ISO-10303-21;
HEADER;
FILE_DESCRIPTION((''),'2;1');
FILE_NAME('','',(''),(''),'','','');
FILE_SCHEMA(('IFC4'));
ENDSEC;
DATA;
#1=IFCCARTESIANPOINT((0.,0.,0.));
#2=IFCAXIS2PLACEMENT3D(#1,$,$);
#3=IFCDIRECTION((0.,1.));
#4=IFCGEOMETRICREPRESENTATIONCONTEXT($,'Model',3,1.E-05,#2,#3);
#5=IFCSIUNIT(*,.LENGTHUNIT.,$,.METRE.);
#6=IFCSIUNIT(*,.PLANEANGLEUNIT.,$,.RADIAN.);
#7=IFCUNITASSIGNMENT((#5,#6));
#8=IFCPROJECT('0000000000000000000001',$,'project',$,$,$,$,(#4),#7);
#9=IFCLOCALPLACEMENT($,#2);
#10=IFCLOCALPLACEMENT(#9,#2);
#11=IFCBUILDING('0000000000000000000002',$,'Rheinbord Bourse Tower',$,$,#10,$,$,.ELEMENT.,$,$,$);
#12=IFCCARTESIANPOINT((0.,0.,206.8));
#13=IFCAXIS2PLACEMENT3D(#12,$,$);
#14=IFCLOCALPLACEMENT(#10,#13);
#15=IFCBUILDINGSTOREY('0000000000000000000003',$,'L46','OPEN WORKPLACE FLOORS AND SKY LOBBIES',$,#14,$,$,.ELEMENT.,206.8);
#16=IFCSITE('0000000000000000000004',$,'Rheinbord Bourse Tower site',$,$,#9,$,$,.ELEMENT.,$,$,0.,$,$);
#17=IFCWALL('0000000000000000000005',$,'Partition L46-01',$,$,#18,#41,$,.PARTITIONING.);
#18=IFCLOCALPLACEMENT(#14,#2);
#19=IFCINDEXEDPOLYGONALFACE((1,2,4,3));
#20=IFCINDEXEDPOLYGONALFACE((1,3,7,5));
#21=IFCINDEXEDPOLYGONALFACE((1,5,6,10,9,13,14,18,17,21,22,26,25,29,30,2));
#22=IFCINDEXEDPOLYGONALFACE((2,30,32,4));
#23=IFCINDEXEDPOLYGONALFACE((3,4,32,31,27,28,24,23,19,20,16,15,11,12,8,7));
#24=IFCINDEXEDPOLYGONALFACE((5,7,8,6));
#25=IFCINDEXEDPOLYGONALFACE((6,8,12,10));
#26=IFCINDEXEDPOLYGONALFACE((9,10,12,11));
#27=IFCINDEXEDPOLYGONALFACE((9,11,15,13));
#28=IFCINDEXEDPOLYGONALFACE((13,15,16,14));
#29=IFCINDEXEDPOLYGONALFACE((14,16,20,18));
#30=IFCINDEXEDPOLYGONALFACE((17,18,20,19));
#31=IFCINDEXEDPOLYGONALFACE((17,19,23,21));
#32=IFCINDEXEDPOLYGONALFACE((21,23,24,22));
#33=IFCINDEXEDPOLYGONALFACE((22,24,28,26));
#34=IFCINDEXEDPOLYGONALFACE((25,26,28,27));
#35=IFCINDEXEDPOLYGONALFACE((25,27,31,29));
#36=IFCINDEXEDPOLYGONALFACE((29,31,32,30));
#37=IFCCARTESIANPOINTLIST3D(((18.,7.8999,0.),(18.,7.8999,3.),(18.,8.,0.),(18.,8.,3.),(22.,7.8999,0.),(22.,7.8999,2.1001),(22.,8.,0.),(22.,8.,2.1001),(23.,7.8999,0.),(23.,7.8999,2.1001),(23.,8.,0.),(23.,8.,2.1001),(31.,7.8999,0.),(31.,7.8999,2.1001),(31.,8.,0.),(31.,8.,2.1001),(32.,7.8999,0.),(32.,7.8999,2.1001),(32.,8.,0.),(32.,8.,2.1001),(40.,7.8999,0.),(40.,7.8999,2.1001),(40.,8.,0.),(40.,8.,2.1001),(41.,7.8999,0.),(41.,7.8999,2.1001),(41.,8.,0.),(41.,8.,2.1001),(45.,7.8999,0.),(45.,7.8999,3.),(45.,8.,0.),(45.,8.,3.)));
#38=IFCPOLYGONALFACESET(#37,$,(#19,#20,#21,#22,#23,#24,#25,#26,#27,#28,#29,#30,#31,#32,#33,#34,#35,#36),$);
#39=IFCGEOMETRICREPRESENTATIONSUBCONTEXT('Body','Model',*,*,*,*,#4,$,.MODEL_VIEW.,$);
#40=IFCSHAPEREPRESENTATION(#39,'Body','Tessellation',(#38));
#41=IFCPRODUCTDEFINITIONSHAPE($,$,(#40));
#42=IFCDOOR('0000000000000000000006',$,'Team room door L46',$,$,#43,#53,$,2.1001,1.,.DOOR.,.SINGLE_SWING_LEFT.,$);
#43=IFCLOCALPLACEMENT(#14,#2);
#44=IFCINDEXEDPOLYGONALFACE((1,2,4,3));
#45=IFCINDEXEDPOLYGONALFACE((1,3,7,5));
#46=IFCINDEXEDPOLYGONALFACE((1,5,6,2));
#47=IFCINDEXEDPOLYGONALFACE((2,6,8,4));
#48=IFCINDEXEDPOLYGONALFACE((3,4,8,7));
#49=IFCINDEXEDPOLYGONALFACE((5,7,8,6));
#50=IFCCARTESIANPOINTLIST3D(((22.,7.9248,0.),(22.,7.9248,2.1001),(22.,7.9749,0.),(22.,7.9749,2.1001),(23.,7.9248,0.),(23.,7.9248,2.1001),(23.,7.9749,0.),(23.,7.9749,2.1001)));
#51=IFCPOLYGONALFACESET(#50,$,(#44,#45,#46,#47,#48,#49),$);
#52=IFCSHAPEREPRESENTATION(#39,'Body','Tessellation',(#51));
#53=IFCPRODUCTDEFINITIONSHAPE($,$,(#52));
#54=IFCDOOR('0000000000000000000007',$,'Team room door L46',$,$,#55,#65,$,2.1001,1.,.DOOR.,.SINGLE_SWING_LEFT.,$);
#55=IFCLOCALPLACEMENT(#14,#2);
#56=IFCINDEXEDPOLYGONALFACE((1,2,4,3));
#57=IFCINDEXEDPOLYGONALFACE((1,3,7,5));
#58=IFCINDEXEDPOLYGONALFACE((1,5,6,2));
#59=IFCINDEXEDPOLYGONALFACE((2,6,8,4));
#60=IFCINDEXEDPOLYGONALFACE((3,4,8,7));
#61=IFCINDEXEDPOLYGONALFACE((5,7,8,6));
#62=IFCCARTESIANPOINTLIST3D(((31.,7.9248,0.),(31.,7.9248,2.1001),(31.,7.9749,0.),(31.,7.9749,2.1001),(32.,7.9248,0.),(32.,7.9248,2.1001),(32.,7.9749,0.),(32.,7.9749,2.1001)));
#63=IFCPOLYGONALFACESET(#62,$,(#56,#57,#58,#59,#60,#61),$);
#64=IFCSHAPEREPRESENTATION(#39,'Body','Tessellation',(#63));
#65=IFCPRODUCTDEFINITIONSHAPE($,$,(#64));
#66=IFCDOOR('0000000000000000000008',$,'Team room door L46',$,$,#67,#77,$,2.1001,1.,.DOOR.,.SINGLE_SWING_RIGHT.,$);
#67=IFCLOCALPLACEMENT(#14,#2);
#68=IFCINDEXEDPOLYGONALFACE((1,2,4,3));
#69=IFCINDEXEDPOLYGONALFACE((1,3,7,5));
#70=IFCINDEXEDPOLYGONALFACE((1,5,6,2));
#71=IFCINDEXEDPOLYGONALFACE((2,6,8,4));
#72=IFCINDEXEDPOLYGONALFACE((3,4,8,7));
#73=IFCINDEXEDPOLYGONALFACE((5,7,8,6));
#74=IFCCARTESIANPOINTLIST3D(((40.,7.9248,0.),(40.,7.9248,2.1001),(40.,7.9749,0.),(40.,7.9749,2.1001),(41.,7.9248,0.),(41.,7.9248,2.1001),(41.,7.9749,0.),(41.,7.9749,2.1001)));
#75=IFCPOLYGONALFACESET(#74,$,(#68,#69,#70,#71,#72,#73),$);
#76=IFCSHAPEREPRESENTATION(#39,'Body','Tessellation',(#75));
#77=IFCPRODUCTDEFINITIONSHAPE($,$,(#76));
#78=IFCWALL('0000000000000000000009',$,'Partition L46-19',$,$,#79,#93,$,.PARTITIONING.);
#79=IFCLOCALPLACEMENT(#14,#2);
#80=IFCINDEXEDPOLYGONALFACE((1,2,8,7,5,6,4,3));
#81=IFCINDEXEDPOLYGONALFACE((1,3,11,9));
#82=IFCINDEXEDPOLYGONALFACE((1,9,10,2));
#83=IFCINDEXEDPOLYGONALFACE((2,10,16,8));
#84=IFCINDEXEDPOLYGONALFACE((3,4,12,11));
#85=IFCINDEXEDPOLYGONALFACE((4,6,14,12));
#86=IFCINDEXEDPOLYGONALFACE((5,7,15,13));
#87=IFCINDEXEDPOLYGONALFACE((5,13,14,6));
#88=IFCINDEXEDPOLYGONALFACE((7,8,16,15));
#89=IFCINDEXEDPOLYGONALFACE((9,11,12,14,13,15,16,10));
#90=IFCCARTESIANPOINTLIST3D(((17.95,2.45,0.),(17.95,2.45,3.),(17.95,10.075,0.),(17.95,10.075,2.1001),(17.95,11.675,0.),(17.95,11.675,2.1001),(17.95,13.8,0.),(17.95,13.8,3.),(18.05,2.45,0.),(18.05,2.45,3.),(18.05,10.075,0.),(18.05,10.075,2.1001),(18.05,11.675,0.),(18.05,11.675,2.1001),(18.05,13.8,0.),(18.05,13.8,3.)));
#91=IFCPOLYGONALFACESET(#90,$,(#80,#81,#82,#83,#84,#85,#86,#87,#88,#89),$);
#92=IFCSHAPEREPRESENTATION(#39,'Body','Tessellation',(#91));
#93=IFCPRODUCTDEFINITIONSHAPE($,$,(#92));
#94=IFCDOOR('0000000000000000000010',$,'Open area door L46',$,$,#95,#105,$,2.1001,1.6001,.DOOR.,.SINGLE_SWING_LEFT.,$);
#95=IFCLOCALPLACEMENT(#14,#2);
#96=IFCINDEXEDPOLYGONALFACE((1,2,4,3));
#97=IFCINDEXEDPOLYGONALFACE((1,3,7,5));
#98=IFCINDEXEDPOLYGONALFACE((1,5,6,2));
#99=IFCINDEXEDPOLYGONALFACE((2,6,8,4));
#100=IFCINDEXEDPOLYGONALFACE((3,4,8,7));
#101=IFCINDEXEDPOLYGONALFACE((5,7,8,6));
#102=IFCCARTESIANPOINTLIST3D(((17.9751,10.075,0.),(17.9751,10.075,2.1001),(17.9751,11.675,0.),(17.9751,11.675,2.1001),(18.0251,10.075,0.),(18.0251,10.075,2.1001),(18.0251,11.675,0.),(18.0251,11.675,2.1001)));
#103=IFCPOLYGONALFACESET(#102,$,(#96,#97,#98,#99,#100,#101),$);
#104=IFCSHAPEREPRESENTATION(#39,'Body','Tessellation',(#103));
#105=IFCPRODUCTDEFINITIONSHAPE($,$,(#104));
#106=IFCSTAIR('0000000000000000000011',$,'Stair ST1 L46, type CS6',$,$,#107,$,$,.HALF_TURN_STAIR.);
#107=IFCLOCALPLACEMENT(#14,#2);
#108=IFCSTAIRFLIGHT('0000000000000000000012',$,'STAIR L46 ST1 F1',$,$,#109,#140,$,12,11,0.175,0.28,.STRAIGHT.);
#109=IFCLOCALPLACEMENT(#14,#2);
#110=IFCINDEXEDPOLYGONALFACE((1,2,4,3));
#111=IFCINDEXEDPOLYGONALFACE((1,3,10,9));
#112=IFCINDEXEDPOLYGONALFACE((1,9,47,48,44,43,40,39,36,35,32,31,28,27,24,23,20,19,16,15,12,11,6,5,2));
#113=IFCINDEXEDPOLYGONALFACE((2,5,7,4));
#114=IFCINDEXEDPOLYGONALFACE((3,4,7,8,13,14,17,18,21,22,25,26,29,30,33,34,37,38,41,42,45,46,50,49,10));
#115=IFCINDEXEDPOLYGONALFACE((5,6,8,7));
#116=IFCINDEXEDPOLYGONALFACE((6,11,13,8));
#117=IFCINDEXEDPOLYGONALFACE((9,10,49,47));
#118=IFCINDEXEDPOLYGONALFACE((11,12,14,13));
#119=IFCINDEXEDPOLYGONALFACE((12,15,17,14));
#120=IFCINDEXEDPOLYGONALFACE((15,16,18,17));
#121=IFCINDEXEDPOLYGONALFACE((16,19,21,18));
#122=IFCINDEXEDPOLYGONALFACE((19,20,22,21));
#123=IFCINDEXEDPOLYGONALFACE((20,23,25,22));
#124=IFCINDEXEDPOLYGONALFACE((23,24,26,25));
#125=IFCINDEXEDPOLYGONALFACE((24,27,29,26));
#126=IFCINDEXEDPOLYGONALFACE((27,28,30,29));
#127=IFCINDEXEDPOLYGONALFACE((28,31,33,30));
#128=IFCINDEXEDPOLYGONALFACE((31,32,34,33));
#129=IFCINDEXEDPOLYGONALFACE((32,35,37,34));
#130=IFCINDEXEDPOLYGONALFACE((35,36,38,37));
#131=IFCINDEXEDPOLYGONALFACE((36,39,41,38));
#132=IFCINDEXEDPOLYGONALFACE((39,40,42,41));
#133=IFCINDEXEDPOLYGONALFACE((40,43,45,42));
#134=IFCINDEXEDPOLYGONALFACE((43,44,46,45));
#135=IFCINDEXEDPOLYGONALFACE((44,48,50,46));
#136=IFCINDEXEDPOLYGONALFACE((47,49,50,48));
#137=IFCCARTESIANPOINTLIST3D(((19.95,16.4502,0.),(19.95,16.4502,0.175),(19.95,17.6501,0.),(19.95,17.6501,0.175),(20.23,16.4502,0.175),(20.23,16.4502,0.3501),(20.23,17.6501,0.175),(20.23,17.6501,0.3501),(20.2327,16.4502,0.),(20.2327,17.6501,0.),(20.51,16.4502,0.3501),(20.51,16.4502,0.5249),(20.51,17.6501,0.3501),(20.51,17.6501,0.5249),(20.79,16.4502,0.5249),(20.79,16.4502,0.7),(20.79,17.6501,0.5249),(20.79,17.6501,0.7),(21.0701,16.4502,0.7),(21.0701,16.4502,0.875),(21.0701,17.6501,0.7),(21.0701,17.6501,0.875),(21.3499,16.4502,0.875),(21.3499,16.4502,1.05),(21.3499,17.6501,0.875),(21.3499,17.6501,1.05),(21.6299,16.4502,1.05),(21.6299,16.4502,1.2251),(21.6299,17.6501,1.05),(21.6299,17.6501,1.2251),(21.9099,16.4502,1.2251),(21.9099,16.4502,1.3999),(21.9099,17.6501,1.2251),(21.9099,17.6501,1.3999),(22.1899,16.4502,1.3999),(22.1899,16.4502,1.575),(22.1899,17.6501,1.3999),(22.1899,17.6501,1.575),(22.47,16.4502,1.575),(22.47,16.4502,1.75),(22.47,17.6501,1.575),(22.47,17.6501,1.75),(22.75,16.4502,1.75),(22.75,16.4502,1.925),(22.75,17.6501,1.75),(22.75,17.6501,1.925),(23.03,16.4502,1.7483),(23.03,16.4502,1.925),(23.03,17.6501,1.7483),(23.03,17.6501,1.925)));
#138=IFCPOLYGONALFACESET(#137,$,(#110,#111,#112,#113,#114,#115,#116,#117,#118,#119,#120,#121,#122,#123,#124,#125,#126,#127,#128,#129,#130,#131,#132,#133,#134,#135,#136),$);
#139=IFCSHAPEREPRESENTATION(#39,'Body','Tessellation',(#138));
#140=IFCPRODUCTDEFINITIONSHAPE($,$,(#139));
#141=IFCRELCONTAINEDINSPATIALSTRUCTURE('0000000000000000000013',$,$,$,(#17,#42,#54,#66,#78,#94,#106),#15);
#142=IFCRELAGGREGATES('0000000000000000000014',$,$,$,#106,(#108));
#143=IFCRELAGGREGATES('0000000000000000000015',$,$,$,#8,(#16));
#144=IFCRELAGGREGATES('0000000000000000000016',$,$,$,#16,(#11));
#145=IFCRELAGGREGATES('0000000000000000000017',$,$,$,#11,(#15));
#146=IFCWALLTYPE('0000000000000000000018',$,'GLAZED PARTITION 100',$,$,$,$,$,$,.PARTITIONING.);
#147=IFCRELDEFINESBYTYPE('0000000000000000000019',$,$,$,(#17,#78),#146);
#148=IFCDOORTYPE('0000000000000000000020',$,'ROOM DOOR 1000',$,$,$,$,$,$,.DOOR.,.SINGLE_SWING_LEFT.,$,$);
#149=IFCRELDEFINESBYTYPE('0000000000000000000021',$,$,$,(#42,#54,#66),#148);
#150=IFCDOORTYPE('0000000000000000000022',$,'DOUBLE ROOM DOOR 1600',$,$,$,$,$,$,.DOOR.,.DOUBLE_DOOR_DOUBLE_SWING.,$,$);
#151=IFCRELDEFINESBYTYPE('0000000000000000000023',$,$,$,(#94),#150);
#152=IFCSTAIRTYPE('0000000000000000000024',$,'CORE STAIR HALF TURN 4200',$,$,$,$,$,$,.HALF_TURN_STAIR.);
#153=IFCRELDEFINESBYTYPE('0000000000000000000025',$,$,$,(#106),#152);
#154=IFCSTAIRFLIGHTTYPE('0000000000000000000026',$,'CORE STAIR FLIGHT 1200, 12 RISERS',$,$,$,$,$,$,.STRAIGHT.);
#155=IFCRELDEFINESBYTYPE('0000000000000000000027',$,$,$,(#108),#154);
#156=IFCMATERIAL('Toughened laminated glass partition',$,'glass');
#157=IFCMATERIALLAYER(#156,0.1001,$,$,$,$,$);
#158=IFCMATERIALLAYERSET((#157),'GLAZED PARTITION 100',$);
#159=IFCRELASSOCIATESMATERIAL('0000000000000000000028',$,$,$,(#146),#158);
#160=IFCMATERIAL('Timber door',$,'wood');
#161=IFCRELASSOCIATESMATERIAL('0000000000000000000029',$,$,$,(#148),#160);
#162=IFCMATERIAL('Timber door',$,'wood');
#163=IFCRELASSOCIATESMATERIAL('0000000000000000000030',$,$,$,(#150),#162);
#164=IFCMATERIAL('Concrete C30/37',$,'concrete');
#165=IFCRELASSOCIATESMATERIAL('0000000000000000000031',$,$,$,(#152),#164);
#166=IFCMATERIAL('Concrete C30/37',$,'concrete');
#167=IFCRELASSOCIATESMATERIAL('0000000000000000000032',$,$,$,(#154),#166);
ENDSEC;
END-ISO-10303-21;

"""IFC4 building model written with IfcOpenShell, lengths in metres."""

from ifc_helpers import new_model, si_unit, direction, frame, frame_2d, origin, place, context, subcontext, project, spatial, polyline, rectangle, outline, extrude, material, layer, layer_set, type_object, element, fill, aggregate, save


model = new_model("IFC4")

# Units and contexts
model_context = context("Model", 3, precision=1e-05, world=origin(), true_north=direction((0.0, 1.0)))
body_context = subcontext(model_context, "Body", "Model", "MODEL_VIEW")
ifc_project = project(units=[si_unit("LENGTHUNIT", "METRE"), si_unit("PLANEANGLEUNIT", "RADIAN")], contexts=[model_context])

# Site, building, storey
site_placement = place(None, origin())
site = spatial("IfcSite", under=ifc_project, at=site_placement, Name="Rheinbord Bourse Tower site", CompositionType="ELEMENT", RefElevation=0.0)
building_placement = place(site_placement, origin())
building = spatial("IfcBuilding", under=site, at=building_placement, Name="Rheinbord Bourse Tower", CompositionType="ELEMENT")
storey_placement = place(building_placement, frame((0.0, 0.0, 206.8)))
storey = spatial("IfcBuildingStorey", under=building, at=storey_placement, Name="L46", Description="OPEN WORKPLACE FLOORS AND SKY LOBBIES", CompositionType="ELEMENT", Elevation=206.8)

# Wall, openings, doors
ifc_material_1 = material(Name="Toughened laminated glass partition", Category="glass")
ifc_layer_1 = layer(ifc_material_1, 0.1001)
ifc_layer_set_1 = layer_set([ifc_layer_1], Name="GLAZED PARTITION 100")
wall_type_1 = type_object("IfcWallType", Name="GLAZED PARTITION 100", PredefinedType="PARTITIONING", material=ifc_layer_set_1)
wall_1_placement = place(storey_placement, frame((18.0, 7.95, 0.0), z_axis=(0.0, 0.0, 1.0), x_axis=(1.0, 0.0, 0.0)))
wall_1 = element("IfcWall", 1, at=wall_1_placement, inside=storey, type_object=wall_type_1, Name="Partition L46-01", PredefinedType="PARTITIONING", context=body_context, shape_type="SweptSolid", body=[
    extrude(rectangle(XDim=27.0, YDim=0.1001, at=frame_2d((13.5, 0.0))), origin(), (0.0, 0.0, 1.0), 3.0),
])
opening_1_placement = place(wall_1_placement, frame((4.0, 0.0, 0.0)))
opening_1 = element("IfcOpeningElement", 2, at=opening_1_placement, cuts=wall_1, PredefinedType="OPENING", context=body_context, shape_type="SweptSolid", body=[
    extrude(rectangle(XDim=1.0, YDim=2.1001, at=frame_2d((0.5, 1.05))), frame((0.0, 0.0601, 0.0), z_axis=(0.0, -1.0, 0.0), x_axis=(1.0, 0.0, 0.0)), (0.0, 0.0, 1.0), 0.1201),
])
opening_2_placement = place(wall_1_placement, frame((13.0, 0.0, 0.0)))
opening_2 = element("IfcOpeningElement", 3, at=opening_2_placement, cuts=wall_1, PredefinedType="OPENING", context=body_context, shape_type="SweptSolid", body=[
    extrude(rectangle(XDim=1.0, YDim=2.1001, at=frame_2d((0.5, 1.05))), frame((0.0, 0.0601, 0.0), z_axis=(0.0, -1.0, 0.0), x_axis=(1.0, 0.0, 0.0)), (0.0, 0.0, 1.0), 0.1201),
])
opening_3_placement = place(wall_1_placement, frame((22.0, 0.0, 0.0)))
opening_3 = element("IfcOpeningElement", 4, at=opening_3_placement, cuts=wall_1, PredefinedType="OPENING", context=body_context, shape_type="SweptSolid", body=[
    extrude(rectangle(XDim=1.0, YDim=2.1001, at=frame_2d((0.5, 1.05))), frame((0.0, 0.0601, 0.0), z_axis=(0.0, -1.0, 0.0), x_axis=(1.0, 0.0, 0.0)), (0.0, 0.0, 1.0), 0.1201),
])
ifc_material_2 = material(Name="Timber door", Category="wood")
door_type_1 = type_object("IfcDoorType", Name="ROOM DOOR 1000", OperationType="SINGLE_SWING_LEFT", PredefinedType="DOOR", material=ifc_material_2)
door_1_placement = place(opening_1_placement, origin())
door_1 = element("IfcDoor", 5, at=door_1_placement, inside=storey, type_object=door_type_1, Name="Team room door L46", OperationType="SINGLE_SWING_LEFT", OverallHeight=2.1001, OverallWidth=1.0, PredefinedType="DOOR", context=body_context, shape_type="SweptSolid", body=[
    extrude(rectangle(XDim=1.0, YDim=2.1001, at=frame_2d((0.5, 1.05))), frame((0.0, 0.0249, 0.0), z_axis=(0.0, -1.0, 0.0), x_axis=(1.0, 0.0, 0.0)), (0.0, 0.0, 1.0), 0.05),
])
fill(opening_1, door_1)
door_2_placement = place(opening_2_placement, origin())
door_2 = element("IfcDoor", 6, at=door_2_placement, inside=storey, type_object=door_type_1, Name="Team room door L46", OperationType="SINGLE_SWING_LEFT", OverallHeight=2.1001, OverallWidth=1.0, PredefinedType="DOOR", context=body_context, shape_type="SweptSolid", body=[
    extrude(rectangle(XDim=1.0, YDim=2.1001, at=frame_2d((0.5, 1.05))), frame((0.0, 0.0249, 0.0), z_axis=(0.0, -1.0, 0.0), x_axis=(1.0, 0.0, 0.0)), (0.0, 0.0, 1.0), 0.05),
])
fill(opening_2, door_2)
door_3_placement = place(opening_3_placement, origin())
door_3 = element("IfcDoor", 7, at=door_3_placement, inside=storey, type_object=door_type_1, Name="Team room door L46", OperationType="SINGLE_SWING_RIGHT", OverallHeight=2.1001, OverallWidth=1.0, PredefinedType="DOOR", context=body_context, shape_type="SweptSolid", body=[
    extrude(rectangle(XDim=1.0, YDim=2.1001, at=frame_2d((0.5, 1.05))), frame((0.0, 0.0249, 0.0), z_axis=(0.0, -1.0, 0.0), x_axis=(1.0, 0.0, 0.0)), (0.0, 0.0, 1.0), 0.05),
])
fill(opening_3, door_3)

# Wall, opening, door
wall_2_placement = place(storey_placement, frame((18.0, 2.45, 0.0), z_axis=(0.0, 0.0, 1.0), x_axis=(0.0, 1.0, 0.0)))
wall_2 = element("IfcWall", 8, at=wall_2_placement, inside=storey, type_object=wall_type_1, Name="Partition L46-19", PredefinedType="PARTITIONING", context=body_context, shape_type="SweptSolid", body=[
    extrude(rectangle(XDim=11.3501, YDim=0.1001, at=frame_2d((5.675, 0.0))), origin(), (0.0, 0.0, 1.0), 3.0),
])
opening_4_placement = place(wall_2_placement, frame((7.625, 0.0, 0.0)))
opening_4 = element("IfcOpeningElement", 9, at=opening_4_placement, cuts=wall_2, PredefinedType="OPENING", context=body_context, shape_type="SweptSolid", body=[
    extrude(rectangle(XDim=1.6001, YDim=2.1001, at=frame_2d((0.8, 1.05))), frame((0.0, 0.0601, 0.0), z_axis=(0.0, -1.0, 0.0), x_axis=(1.0, 0.0, 0.0)), (0.0, 0.0, 1.0), 0.1201),
])
ifc_material_3 = material(Name="Timber door", Category="wood")
door_type_2 = type_object("IfcDoorType", Name="DOUBLE ROOM DOOR 1600", OperationType="DOUBLE_DOOR_DOUBLE_SWING", PredefinedType="DOOR", material=ifc_material_3)
door_4_placement = place(opening_4_placement, origin())
door_4 = element("IfcDoor", 10, at=door_4_placement, inside=storey, type_object=door_type_2, Name="Open area door L46", OperationType="SINGLE_SWING_LEFT", OverallHeight=2.1001, OverallWidth=1.6001, PredefinedType="DOOR", context=body_context, shape_type="SweptSolid", body=[
    extrude(rectangle(XDim=1.6001, YDim=2.1001, at=frame_2d((0.8, 1.05))), frame((0.0, 0.0249, 0.0), z_axis=(0.0, -1.0, 0.0), x_axis=(1.0, 0.0, 0.0)), (0.0, 0.0, 1.0), 0.05),
])
fill(opening_4, door_4)

# Stair, stair flight
ifc_material_4 = material(Name="Concrete C30/37", Category="concrete")
stair_type = type_object("IfcStairType", Name="CORE STAIR HALF TURN 4200", PredefinedType="HALF_TURN_STAIR", material=ifc_material_4)
stair_placement = place(storey_placement, origin())
stair = element("IfcStair", 11, at=stair_placement, inside=storey, type_object=stair_type, Name="Stair ST1 L46, type CS6", PredefinedType="HALF_TURN_STAIR")
ifc_material_5 = material(Name="Concrete C30/37", Category="concrete")
stair_flight_type = type_object("IfcStairFlightType", Name="CORE STAIR FLIGHT 1200, 12 RISERS", PredefinedType="STRAIGHT", material=ifc_material_5)
stair_flight_1_placement = place(storey_placement, frame((19.95, 17.05, 0.0), z_axis=(0.0, 0.0, 1.0), x_axis=(1.0, 0.0, 0.0)))
stair_flight_1 = element("IfcStairFlight", 12, at=stair_flight_1_placement, type_object=stair_flight_type, Name="STAIR L46 ST1 F1", NumberOfRisers=12, NumberOfTreads=11, PredefinedType="STRAIGHT", RiserHeight=0.175, TreadLength=0.28, context=body_context, shape_type="SweptSolid", body=[
    extrude(outline(polyline([(0.0, 0.0), (0.0, 0.175), (0.28, 0.175), (0.28, 0.3501), (0.5601, 0.3501), (0.5601, 0.5249), (0.8401, 0.5249), (0.8401, 0.7), (1.1201, 0.7), (1.1201, 0.875), (1.3999, 0.875), (1.3999, 1.05), (1.6799, 1.05), (1.6799, 1.2251), (1.96, 1.2251), (1.96, 1.3999), (2.24, 1.3999), (2.24, 1.575), (2.52, 1.575), (2.52, 1.75), (2.8, 1.75), (2.8, 1.925), (3.0801, 1.925), (3.0801, 2.1001), (3.0801, 1.7483), (0.2827, 0.0), (0.0, 0.0)])), frame((0.0, 0.6001, 0.0), z_axis=(0.0, -1.0, 0.0), x_axis=(1.0, 0.0, 0.0)), (0.0, 0.0, 1.0), 1.2),
])
aggregate(stair, [stair_flight_1])

save(model, "model.ifc")
